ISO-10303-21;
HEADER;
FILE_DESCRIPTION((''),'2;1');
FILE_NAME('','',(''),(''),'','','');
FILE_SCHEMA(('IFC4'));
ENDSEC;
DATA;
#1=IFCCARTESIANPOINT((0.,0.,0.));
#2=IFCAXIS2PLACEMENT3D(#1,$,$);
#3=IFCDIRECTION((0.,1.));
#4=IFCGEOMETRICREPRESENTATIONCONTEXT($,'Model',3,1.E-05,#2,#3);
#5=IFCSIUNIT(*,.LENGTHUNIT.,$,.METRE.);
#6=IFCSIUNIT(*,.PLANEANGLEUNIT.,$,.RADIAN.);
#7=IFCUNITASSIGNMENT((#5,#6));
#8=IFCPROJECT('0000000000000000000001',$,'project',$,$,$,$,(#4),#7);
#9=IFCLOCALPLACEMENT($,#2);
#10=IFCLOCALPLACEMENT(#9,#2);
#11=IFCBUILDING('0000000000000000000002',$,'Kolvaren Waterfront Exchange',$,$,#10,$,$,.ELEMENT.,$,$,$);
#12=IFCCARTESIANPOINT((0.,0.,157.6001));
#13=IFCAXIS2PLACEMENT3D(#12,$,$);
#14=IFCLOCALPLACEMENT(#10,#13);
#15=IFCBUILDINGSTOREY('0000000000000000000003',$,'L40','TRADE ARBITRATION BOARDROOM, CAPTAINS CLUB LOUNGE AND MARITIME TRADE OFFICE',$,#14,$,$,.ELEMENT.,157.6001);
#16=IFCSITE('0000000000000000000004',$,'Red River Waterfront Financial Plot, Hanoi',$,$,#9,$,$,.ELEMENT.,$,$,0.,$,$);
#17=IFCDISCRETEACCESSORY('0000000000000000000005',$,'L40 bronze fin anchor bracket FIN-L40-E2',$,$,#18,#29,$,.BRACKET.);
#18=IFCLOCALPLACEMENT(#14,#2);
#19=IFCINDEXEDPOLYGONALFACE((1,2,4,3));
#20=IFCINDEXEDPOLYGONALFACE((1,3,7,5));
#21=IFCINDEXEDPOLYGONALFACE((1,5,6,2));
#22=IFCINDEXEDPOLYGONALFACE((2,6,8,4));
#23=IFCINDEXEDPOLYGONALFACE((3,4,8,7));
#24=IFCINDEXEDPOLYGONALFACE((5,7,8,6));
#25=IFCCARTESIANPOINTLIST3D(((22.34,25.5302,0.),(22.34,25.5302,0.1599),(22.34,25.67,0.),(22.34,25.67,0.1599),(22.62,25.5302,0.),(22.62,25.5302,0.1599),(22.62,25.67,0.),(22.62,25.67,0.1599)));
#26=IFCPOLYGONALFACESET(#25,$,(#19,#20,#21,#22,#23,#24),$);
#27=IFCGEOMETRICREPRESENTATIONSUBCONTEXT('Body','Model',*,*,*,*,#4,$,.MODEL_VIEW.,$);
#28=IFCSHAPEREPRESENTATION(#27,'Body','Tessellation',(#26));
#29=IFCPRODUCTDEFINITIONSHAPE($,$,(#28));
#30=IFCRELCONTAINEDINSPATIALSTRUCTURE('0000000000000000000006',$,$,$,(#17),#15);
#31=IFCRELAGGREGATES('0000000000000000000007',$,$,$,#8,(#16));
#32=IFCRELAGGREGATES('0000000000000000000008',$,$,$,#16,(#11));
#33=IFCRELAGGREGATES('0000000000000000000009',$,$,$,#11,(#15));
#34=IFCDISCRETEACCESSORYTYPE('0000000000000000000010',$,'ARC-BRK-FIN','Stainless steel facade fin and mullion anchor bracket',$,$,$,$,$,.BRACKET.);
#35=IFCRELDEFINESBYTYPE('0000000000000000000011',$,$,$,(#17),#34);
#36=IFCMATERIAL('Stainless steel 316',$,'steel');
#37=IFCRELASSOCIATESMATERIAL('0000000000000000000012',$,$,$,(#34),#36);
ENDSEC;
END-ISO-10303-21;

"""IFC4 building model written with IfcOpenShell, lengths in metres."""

from ifc_helpers import new_model, si_unit, direction, frame, origin, origin_with_axes, origin_2d, place, context, subcontext, project, spatial, rectangle, extrude, source, transform, mapped, material, type_object, element, save


model = new_model("IFC4")

# Units and contexts
model_context = context("Model", 3, precision=1e-05, world=origin(), true_north=direction((0.0, 1.0)))
body_context = subcontext(model_context, "Body", "Model", "MODEL_VIEW")
ifc_project = project(units=[si_unit("LENGTHUNIT", "METRE"), si_unit("PLANEANGLEUNIT", "RADIAN")], contexts=[model_context])

# Site, building, storey
site_placement = place(None, origin())
site = spatial("IfcSite", under=ifc_project, at=site_placement, Name="Red River Waterfront Financial Plot, Hanoi", CompositionType="ELEMENT", RefElevation=0.0)
building_placement = place(site_placement, origin())
building = spatial("IfcBuilding", under=site, at=building_placement, Name="Kolvaren Waterfront Exchange", CompositionType="ELEMENT")
storey_placement = place(building_placement, frame((0.0, 0.0, 157.6001)))
storey = spatial("IfcBuildingStorey", under=building, at=storey_placement, Name="L40", Description="TRADE ARBITRATION BOARDROOM, CAPTAINS CLUB LOUNGE AND MARITIME TRADE OFFICE", CompositionType="ELEMENT", Elevation=157.6001)

# Shared definitions
ifc_material_1 = material(Name="Stainless steel 316", Category="steel")

# Discrete accessory
discrete_accessory_type = type_object("IfcDiscreteAccessoryType", Name="ARC-BRK-FIN", Description="Stainless steel facade fin and mullion anchor bracket", PredefinedType="BRACKET", material=ifc_material_1)
shared_shape = source(origin_with_axes(), body_context, "Body", "SweptSolid", [
    extrude(rectangle(XDim=0.28, YDim=0.1399, at=origin_2d()), origin(), (0.0, 0.0, 1.0), 0.1599),
])
for number, where, z_axis, x_axis, name in (
    (1, (22.48, 25.6001, 0.0), (0.0, 0.0, 1.0), (1.0, 0.0, 0.0), "L40 bronze fin anchor bracket FIN-L40-E2"),
):
    element("IfcDiscreteAccessory", number, at=place(storey_placement, frame(where, z_axis=z_axis, x_axis=x_axis)), inside=storey, type_object=discrete_accessory_type, Name=name, PredefinedType="BRACKET", context=body_context, shape_type="MappedRepresentation", body=[
        mapped(shared_shape, transform((0.0, 0.0, 0.0), x_axis=(1.0, 0.0, 0.0), y_axis=(0.0, 1.0, 0.0), z_axis=(0.0, 0.0, 1.0), scale=1.0)),
    ])

save(model, "model.ifc")
